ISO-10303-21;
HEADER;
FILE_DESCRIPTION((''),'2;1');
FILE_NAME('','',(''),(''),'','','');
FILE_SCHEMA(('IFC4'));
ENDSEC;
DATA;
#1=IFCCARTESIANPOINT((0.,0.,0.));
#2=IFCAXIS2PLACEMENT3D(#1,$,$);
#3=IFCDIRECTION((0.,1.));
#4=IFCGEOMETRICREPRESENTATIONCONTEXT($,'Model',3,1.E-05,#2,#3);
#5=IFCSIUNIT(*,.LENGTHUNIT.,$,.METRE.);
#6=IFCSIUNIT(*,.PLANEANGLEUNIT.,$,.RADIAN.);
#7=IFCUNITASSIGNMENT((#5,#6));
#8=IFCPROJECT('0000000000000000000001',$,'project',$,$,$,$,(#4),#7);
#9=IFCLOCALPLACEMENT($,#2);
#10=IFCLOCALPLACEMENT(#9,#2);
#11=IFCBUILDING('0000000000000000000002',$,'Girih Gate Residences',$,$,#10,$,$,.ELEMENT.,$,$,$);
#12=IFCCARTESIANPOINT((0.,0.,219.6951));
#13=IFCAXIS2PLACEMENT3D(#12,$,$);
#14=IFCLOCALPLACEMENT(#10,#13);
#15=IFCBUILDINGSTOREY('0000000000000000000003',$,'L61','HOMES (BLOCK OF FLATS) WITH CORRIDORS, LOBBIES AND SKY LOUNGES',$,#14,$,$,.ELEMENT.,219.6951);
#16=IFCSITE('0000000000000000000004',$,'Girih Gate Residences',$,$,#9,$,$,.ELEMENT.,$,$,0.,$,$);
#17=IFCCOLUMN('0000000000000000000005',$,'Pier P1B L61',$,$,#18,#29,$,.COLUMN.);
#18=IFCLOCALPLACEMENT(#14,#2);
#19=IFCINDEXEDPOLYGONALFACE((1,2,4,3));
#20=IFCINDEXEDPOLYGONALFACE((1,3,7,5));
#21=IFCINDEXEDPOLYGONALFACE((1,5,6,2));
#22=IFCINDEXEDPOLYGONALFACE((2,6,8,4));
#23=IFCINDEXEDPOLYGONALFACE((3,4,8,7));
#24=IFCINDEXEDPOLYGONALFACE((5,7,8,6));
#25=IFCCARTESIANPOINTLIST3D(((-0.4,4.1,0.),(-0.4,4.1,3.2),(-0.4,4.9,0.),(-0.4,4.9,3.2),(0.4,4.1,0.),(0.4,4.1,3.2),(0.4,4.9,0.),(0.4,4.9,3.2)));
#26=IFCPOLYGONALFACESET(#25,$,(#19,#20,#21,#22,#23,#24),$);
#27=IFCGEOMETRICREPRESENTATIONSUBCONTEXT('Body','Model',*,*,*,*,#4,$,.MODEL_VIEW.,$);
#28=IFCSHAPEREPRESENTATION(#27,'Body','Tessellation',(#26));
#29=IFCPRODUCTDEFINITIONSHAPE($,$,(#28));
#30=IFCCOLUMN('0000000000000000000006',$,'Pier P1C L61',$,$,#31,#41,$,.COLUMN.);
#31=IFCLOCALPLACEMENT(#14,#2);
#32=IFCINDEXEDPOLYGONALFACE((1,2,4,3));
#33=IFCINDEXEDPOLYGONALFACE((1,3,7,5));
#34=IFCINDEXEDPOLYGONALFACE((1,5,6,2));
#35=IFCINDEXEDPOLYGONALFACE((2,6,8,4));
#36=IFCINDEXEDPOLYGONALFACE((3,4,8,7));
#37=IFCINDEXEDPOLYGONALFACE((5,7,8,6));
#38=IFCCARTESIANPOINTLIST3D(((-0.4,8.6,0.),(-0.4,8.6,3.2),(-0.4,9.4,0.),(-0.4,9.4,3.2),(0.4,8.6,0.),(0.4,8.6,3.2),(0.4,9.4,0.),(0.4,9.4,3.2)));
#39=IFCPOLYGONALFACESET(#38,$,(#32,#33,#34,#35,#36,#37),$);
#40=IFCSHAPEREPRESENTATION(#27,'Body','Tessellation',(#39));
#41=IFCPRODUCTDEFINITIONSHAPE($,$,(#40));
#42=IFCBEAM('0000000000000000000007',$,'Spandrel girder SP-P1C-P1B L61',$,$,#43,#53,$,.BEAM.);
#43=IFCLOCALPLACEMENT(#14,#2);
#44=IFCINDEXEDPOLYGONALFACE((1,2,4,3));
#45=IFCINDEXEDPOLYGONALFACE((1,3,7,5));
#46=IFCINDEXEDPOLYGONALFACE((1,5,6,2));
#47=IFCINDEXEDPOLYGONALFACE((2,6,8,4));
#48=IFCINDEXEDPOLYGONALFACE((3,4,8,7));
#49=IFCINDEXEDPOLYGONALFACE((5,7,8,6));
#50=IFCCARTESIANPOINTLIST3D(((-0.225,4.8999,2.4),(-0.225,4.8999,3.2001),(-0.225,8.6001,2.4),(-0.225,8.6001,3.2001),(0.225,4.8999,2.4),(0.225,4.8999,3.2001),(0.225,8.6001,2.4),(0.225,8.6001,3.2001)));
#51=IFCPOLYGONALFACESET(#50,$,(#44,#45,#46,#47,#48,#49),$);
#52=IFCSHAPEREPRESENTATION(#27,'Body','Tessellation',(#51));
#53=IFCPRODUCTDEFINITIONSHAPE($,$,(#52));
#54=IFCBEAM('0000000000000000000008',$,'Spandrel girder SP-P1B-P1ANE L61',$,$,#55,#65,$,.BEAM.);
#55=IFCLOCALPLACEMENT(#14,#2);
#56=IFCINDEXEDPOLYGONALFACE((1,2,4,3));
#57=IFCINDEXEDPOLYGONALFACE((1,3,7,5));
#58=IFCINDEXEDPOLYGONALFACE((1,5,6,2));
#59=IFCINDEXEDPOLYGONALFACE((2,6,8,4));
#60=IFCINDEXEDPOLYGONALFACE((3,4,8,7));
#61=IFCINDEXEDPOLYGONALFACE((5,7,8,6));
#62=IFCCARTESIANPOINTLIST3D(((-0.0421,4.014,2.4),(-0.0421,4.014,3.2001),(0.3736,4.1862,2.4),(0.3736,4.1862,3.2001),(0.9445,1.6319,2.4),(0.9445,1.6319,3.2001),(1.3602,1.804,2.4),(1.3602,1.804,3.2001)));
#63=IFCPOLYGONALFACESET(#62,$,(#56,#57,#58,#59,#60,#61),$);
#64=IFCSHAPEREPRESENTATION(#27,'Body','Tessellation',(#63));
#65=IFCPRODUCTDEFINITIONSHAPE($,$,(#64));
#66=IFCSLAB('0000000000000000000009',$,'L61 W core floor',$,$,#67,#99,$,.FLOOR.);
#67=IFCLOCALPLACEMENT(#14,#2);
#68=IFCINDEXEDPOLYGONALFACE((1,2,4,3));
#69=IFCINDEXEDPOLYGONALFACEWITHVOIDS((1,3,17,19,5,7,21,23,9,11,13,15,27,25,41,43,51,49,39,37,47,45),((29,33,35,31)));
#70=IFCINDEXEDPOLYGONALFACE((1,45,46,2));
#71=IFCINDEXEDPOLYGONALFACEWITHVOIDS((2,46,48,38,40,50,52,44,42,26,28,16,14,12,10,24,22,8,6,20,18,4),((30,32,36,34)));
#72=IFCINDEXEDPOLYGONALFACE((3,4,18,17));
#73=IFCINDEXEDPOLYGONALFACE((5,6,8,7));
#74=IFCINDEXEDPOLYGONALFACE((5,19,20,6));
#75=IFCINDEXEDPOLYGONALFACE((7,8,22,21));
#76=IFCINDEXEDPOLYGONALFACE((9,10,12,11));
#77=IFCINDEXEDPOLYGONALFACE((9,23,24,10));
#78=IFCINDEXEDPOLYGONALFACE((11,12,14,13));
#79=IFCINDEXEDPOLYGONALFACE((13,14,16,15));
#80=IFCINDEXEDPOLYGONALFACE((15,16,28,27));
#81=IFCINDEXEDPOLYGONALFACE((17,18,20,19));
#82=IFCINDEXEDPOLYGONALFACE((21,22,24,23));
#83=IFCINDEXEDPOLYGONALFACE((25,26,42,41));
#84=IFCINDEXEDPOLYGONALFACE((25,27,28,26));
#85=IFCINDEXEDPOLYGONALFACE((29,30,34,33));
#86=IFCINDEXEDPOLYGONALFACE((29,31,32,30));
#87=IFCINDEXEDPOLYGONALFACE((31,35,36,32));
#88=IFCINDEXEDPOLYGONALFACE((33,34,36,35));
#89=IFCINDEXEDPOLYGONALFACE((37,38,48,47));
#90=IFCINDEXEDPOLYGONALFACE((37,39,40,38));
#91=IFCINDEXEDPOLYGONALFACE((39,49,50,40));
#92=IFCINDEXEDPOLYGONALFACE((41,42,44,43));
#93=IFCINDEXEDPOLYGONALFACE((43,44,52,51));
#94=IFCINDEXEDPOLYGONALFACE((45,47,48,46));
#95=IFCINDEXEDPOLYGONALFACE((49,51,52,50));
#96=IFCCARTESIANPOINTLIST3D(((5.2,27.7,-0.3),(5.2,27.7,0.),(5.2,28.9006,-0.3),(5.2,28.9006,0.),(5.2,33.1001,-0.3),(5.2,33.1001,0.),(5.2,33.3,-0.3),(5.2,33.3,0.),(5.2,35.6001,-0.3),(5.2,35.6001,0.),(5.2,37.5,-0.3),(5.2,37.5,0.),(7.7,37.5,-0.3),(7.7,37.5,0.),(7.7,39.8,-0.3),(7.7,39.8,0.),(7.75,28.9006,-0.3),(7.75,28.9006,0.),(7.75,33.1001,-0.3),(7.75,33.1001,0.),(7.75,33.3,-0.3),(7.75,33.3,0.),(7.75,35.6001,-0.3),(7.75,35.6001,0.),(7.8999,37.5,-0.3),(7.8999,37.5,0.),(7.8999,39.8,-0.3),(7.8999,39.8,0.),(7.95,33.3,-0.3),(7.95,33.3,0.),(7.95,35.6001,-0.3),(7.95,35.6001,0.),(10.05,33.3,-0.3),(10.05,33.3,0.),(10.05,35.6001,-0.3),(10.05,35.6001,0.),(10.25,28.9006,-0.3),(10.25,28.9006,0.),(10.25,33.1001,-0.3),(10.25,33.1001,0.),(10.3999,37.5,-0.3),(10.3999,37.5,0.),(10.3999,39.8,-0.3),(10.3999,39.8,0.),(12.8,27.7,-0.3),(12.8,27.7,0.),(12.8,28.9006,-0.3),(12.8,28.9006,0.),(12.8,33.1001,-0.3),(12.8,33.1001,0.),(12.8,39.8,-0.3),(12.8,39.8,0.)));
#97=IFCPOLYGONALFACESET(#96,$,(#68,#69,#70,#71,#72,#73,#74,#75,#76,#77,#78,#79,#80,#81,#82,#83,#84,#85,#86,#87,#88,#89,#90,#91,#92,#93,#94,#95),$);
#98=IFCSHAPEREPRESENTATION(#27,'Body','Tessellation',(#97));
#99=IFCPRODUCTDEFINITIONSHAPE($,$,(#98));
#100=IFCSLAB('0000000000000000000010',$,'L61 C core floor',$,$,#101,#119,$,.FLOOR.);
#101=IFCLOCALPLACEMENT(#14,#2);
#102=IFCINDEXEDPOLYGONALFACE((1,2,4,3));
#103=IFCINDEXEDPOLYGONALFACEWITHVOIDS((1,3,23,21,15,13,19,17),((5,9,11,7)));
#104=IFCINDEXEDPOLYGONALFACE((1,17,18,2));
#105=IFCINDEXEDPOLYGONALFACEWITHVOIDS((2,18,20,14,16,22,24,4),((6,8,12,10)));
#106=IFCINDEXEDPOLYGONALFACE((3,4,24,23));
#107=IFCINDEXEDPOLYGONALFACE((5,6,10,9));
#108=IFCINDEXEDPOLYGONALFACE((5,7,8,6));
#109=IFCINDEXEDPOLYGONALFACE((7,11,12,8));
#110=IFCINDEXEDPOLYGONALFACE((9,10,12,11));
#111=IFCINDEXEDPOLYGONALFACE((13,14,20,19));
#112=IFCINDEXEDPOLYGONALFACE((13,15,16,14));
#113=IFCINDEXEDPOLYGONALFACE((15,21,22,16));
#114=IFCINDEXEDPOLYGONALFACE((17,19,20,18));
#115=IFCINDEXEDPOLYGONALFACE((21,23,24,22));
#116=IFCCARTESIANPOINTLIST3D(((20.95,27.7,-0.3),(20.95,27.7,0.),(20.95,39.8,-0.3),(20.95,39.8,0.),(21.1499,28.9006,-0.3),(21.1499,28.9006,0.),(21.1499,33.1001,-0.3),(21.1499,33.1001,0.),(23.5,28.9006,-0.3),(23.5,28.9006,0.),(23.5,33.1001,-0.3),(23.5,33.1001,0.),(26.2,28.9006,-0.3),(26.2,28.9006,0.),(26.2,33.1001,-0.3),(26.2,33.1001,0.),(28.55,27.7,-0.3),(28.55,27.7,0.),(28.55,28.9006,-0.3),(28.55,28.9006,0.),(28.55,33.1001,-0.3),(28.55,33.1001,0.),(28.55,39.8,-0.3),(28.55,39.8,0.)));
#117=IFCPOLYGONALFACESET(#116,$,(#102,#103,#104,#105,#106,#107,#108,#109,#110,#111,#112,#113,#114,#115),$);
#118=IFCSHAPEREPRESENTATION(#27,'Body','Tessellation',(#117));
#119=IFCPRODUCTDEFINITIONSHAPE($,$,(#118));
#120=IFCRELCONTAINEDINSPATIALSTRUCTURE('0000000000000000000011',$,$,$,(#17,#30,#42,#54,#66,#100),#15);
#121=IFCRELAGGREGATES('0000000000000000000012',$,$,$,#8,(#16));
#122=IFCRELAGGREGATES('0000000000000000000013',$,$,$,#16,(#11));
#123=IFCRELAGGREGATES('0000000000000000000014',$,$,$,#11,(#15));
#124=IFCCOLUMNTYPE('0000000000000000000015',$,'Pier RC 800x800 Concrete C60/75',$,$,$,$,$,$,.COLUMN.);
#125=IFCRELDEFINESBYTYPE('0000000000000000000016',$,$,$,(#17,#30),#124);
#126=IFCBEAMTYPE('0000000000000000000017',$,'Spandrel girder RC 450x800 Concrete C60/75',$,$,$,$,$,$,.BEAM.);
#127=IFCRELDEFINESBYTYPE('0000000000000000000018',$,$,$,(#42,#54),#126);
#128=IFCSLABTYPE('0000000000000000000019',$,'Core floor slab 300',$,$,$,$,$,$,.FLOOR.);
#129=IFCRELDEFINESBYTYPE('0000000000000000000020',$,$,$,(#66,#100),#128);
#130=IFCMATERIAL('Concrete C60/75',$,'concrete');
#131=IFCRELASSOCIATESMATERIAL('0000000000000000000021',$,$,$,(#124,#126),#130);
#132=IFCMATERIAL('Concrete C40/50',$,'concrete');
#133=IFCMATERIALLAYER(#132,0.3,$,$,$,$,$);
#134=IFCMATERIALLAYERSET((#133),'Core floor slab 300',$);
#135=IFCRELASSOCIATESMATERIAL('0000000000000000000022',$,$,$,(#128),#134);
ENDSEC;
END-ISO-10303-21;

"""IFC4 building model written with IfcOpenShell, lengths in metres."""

from ifc_helpers import new_model, si_unit, direction, frame, origin, origin_2d, place, context, subcontext, project, spatial, polyline, rectangle, outline, extrude, material, layer, layer_set, material_profile, profile_set, type_object, element, save


model = new_model("IFC4")

# Units and contexts
model_context = context("Model", 3, precision=1e-05, world=origin(), true_north=direction((0.0, 1.0)))
body_context = subcontext(model_context, "Body", "Model", "MODEL_VIEW")
ifc_project = project(units=[si_unit("LENGTHUNIT", "METRE"), si_unit("PLANEANGLEUNIT", "RADIAN")], contexts=[model_context])

# Site, building, storey
site_placement = place(None, origin())
site = spatial("IfcSite", under=ifc_project, at=site_placement, Name="Girih Gate Residences", CompositionType="ELEMENT", RefElevation=0.0)
building_placement = place(site_placement, origin())
building = spatial("IfcBuilding", under=site, at=building_placement, Name="Girih Gate Residences", CompositionType="ELEMENT")
storey_placement = place(building_placement, frame((0.0, 0.0, 219.6951)))
storey = spatial("IfcBuildingStorey", under=building, at=storey_placement, Name="L61", Description="HOMES (BLOCK OF FLATS) WITH CORRIDORS, LOBBIES AND SKY LOUNGES", CompositionType="ELEMENT", Elevation=219.6951)

# Columns
ifc_material_1 = material(Name="Concrete C60/75", Category="concrete")
ifc_material_profile_1 = material_profile(ifc_material_1, rectangle(XDim=0.8, YDim=0.8, at=origin_2d()))
ifc_profile_set_1 = profile_set([ifc_material_profile_1], Name="Concrete C60/75")
column_type = type_object("IfcColumnType", Name="Pier RC 800x800 Concrete C60/75", PredefinedType="COLUMN", material=ifc_profile_set_1)
for number, where, z_axis, x_axis, name in (
    (1, (0.0, 4.5, 0.0), (0.0, 0.0, 1.0), (1.0, 0.0, 0.0), "Pier P1B L61"),
    (2, (0.0, 9.0, 0.0), (0.0, 0.0, 1.0), (1.0, 0.0, 0.0), "Pier P1C L61"),
):
    element("IfcColumn", number, at=place(storey_placement, frame(where, z_axis=z_axis, x_axis=x_axis)), inside=storey, type_object=column_type, Name=name, PredefinedType="COLUMN", context=body_context, shape_type="SweptSolid", body=[
        extrude(rectangle(XDim=0.8, YDim=0.8, at=origin_2d()), origin(), (0.0, 0.0, 1.0), 3.2),
    ])

# Beams
ifc_material_profile_2 = material_profile(ifc_material_1, rectangle(XDim=0.45, YDim=0.8, at=origin_2d()))
ifc_profile_set_2 = profile_set([ifc_material_profile_2], Name="Concrete C60/75")
beam_type = type_object("IfcBeamType", Name="Spandrel girder RC 450x800 Concrete C60/75", PredefinedType="BEAM", material=ifc_profile_set_2)
beam_1_placement = place(storey_placement, frame((0.0, 8.6001, 2.8), z_axis=(0.0, -1.0, 0.0), x_axis=(1.0, 0.0, 0.0)))
element("IfcBeam", 3, at=beam_1_placement, inside=storey, type_object=beam_type, Name="Spandrel girder SP-P1C-P1B L61", PredefinedType="BEAM", context=body_context, shape_type="SweptSolid", body=[
    extrude(rectangle(XDim=0.45, YDim=0.8, at=origin_2d()), origin(), (0.0, 0.0, 1.0), 3.7002),
])
beam_2_placement = place(storey_placement, frame((0.1658, 4.1001, 2.8), z_axis=(0.382644, -0.923896, 0.0), x_axis=(0.923896, 0.382644, 0.0)))
element("IfcBeam", 4, at=beam_2_placement, inside=storey, type_object=beam_type, Name="Spandrel girder SP-P1B-P1ANE L61", PredefinedType="BEAM", context=body_context, shape_type="SweptSolid", body=[
    extrude(rectangle(XDim=0.45, YDim=0.8, at=origin_2d()), origin(), (0.0, 0.0, 1.0), 2.5784),
])

# Slabs
ifc_material_2 = material(Name="Concrete C40/50", Category="concrete")
ifc_layer_1 = layer(ifc_material_2, 0.3)
ifc_layer_set_1 = layer_set([ifc_layer_1], Name="Core floor slab 300")
slab_type_1 = type_object("IfcSlabType", Name="Core floor slab 300", PredefinedType="FLOOR", material=ifc_layer_set_1)
slab_1_placement = place(storey_placement, frame((0.0, 0.0, -0.3)))
element("IfcSlab", 5, at=slab_1_placement, inside=storey, type_object=slab_type_1, Name="L61 W core floor", PredefinedType="FLOOR", context=body_context, shape_type="SweptSolid", body=[
    extrude(outline(polyline([(12.8, 27.7), (5.2, 27.7), (5.2, 28.9006), (7.75, 28.9006), (7.75, 33.1001), (5.2, 33.1001), (5.2, 33.3), (7.75, 33.3), (7.75, 35.6001), (5.2, 35.6001), (5.2, 37.5), (7.7, 37.5), (7.7, 39.8), (7.8999, 39.8), (7.8999, 37.5), (10.3999, 37.5), (10.3999, 39.8), (12.8, 39.8), (12.8, 33.1001), (10.25, 33.1001), (10.25, 28.9006), (12.8, 28.9006), (12.8, 27.7)]), holes=[polyline([(7.95, 33.3), (10.05, 33.3), (10.05, 35.6001), (7.95, 35.6001), (7.95, 33.3)])]), origin(), (0.0, 0.0, 1.0), 0.3),
])
slab_2_placement = place(storey_placement, frame((0.0, 0.0, -0.3)))
element("IfcSlab", 6, at=slab_2_placement, inside=storey, type_object=slab_type_1, Name="L61 C core floor", PredefinedType="FLOOR", context=body_context, shape_type="SweptSolid", body=[
    extrude(outline(polyline([(28.55, 27.7), (20.95, 27.7), (20.95, 39.8), (28.55, 39.8), (28.55, 33.1001), (26.2, 33.1001), (26.2, 28.9006), (28.55, 28.9006), (28.55, 27.7)]), holes=[polyline([(23.5, 28.9006), (23.5, 33.1001), (21.1499, 33.1001), (21.1499, 28.9006), (23.5, 28.9006)])]), origin(), (0.0, 0.0, 1.0), 0.3),
])

save(model, "model.ifc")
